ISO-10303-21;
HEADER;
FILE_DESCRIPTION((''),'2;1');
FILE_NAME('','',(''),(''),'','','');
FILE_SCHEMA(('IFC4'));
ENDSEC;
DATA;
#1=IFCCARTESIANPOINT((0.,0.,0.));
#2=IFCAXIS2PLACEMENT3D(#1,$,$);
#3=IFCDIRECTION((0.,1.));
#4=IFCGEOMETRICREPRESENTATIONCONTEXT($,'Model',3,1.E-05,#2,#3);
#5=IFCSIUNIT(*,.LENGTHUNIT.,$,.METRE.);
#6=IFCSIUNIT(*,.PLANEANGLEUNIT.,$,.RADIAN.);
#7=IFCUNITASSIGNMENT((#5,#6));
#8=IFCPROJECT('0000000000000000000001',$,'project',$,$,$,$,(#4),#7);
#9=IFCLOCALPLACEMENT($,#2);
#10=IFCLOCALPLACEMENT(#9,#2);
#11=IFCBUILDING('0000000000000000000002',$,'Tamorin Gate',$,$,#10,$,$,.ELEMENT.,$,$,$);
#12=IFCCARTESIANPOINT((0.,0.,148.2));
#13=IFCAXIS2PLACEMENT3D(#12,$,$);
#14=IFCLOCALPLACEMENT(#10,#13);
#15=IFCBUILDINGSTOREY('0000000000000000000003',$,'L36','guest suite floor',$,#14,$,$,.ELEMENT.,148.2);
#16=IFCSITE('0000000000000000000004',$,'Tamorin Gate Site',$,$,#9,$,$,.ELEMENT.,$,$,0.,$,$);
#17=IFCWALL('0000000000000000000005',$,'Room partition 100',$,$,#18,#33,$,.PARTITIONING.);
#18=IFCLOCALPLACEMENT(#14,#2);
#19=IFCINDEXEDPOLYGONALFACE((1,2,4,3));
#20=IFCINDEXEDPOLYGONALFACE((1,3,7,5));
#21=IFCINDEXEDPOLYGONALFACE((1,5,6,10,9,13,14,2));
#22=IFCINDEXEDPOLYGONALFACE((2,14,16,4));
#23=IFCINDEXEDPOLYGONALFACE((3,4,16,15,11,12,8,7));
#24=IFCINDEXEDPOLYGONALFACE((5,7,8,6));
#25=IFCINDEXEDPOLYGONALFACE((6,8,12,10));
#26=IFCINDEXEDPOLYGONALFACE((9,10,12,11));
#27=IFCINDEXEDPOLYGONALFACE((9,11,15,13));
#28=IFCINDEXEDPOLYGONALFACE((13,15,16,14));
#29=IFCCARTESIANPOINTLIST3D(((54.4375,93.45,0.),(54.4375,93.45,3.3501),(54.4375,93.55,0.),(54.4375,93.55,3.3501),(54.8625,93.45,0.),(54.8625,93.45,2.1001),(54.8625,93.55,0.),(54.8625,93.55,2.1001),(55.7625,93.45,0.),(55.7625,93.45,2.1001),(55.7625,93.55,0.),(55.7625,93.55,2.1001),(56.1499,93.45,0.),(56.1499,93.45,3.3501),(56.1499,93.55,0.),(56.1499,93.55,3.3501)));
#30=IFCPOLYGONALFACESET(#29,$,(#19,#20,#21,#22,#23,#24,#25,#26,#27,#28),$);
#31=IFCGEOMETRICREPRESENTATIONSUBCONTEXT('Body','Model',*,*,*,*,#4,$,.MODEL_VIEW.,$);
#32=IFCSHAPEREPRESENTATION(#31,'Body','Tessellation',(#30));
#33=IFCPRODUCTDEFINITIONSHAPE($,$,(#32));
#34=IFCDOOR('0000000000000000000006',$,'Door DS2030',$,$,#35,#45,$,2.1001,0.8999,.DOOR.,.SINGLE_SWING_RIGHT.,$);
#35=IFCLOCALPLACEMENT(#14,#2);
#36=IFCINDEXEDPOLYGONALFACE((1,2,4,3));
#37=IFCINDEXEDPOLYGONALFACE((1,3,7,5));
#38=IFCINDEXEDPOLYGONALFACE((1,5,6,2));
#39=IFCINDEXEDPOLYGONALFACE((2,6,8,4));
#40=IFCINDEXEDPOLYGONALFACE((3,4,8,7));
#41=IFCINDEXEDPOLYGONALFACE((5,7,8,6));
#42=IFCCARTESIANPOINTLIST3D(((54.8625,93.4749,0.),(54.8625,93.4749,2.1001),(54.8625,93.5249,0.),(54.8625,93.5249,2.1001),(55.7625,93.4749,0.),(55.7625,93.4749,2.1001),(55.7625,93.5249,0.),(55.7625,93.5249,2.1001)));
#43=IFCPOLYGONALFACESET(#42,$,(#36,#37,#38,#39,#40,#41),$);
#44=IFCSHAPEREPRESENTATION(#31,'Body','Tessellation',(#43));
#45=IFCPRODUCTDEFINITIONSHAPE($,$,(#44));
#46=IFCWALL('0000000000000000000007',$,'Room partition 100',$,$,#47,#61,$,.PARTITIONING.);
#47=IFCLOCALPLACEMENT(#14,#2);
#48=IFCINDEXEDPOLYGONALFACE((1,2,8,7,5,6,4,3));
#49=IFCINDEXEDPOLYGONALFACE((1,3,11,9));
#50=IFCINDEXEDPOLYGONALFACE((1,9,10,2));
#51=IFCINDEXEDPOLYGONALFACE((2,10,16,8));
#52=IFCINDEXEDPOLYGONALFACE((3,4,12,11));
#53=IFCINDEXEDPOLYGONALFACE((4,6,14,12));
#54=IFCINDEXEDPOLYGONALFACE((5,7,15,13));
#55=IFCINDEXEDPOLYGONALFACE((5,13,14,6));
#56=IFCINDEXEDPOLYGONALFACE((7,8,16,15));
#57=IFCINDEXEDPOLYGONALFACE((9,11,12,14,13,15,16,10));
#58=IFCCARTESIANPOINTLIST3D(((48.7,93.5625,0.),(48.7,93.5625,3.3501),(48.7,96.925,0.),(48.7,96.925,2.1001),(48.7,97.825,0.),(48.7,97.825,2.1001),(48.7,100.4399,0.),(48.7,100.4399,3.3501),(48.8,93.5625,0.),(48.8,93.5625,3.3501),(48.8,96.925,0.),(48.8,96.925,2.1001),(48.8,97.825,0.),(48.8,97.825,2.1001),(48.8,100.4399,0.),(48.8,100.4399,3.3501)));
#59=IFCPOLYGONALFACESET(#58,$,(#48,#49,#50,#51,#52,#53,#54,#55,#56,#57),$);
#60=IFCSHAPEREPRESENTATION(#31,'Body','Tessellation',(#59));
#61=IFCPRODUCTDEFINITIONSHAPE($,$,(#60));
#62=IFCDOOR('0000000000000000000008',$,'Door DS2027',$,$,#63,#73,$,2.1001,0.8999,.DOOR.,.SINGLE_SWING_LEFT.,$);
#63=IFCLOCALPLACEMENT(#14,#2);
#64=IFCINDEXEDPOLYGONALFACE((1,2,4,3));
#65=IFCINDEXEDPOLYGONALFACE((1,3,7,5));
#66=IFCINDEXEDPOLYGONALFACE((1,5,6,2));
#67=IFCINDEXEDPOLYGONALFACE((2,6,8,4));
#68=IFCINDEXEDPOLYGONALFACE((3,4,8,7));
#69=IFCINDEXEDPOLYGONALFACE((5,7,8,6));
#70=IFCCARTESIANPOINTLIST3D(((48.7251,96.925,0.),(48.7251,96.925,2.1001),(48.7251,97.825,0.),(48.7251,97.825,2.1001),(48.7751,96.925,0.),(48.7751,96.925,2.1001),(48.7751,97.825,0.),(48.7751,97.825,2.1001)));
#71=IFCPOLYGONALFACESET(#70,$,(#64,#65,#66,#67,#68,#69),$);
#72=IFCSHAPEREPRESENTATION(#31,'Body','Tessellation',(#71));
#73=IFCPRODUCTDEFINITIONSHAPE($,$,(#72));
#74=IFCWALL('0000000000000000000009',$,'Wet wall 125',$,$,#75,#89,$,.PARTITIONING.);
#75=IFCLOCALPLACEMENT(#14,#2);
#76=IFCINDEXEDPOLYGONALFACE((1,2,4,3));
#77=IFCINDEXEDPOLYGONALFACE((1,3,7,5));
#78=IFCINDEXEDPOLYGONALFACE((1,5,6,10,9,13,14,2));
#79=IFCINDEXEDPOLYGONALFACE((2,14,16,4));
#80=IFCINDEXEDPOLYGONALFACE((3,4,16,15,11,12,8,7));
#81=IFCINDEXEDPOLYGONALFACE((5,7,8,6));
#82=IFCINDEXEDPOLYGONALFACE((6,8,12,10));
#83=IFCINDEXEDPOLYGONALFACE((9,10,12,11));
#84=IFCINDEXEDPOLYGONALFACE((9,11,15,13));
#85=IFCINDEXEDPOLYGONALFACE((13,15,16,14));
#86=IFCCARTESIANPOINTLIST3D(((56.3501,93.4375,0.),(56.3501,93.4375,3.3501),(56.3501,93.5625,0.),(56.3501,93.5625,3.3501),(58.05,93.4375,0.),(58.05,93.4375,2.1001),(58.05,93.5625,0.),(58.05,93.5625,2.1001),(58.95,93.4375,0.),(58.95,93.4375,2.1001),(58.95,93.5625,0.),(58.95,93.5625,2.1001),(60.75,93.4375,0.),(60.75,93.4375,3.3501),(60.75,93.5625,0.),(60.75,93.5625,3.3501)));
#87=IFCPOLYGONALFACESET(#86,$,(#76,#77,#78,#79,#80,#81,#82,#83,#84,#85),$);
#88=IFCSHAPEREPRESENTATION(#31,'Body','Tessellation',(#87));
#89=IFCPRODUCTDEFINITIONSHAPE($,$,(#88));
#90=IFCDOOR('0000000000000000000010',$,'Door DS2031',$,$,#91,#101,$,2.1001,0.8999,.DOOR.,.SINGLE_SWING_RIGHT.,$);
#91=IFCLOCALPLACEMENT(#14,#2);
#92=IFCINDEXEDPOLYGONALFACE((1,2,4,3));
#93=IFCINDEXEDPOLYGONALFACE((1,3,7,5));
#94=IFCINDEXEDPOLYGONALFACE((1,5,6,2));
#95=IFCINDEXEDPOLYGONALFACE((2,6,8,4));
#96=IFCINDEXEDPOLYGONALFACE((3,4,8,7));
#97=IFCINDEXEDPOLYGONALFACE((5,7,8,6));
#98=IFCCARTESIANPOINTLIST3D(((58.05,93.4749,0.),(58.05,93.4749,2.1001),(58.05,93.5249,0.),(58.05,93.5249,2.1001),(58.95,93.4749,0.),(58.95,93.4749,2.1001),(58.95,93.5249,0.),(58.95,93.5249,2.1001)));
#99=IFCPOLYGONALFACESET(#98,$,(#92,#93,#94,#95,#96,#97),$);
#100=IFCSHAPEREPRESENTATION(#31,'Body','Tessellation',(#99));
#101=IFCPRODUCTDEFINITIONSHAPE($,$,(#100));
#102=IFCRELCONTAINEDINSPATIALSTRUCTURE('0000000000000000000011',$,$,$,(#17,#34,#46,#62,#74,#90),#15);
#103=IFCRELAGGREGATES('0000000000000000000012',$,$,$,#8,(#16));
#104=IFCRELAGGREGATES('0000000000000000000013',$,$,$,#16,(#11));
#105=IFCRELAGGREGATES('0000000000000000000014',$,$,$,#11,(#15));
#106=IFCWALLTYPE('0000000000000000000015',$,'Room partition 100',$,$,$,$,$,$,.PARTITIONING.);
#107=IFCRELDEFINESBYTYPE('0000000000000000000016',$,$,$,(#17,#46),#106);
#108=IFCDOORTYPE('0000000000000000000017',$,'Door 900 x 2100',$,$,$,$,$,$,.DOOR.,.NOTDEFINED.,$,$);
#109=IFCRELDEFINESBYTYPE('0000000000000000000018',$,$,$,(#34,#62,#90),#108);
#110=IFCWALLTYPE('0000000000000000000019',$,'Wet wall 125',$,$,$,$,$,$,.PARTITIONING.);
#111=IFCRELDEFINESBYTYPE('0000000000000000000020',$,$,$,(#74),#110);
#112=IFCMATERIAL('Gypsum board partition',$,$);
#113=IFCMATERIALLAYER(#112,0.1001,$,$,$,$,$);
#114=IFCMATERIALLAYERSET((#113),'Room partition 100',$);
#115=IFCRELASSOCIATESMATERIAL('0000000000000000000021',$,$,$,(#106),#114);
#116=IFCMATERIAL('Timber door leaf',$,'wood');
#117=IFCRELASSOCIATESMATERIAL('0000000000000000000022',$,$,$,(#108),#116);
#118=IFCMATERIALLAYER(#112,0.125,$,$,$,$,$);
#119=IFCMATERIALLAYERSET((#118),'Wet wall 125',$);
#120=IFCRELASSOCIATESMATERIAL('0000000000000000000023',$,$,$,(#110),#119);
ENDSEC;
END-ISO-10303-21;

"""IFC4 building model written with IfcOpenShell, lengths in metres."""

from ifc_helpers import new_model, si_unit, direction, frame, frame_2d, origin, place, context, subcontext, project, spatial, rectangle, extrude, material, layer, layer_set, type_object, element, fill, save


model = new_model("IFC4")

# Units and contexts
model_context = context("Model", 3, precision=1e-05, world=origin(), true_north=direction((0.0, 1.0)))
body_context = subcontext(model_context, "Body", "Model", "MODEL_VIEW")
ifc_project = project(units=[si_unit("LENGTHUNIT", "METRE"), si_unit("PLANEANGLEUNIT", "RADIAN")], contexts=[model_context])

# Site, building, storey
site_placement = place(None, origin())
site = spatial("IfcSite", under=ifc_project, at=site_placement, Name="Tamorin Gate Site", CompositionType="ELEMENT", RefElevation=0.0)
building_placement = place(site_placement, origin())
building = spatial("IfcBuilding", under=site, at=building_placement, Name="Tamorin Gate", CompositionType="ELEMENT")
storey_placement = place(building_placement, frame((0.0, 0.0, 148.2)))
storey = spatial("IfcBuildingStorey", under=building, at=storey_placement, Name="L36", Description="guest suite floor", CompositionType="ELEMENT", Elevation=148.2)

# Walls, openings, doors
ifc_material_1 = material(Name="Gypsum board partition")
ifc_layer_1 = layer(ifc_material_1, 0.1001)
ifc_layer_set_1 = layer_set([ifc_layer_1], Name="Room partition 100")
wall_type_1 = type_object("IfcWallType", Name="Room partition 100", PredefinedType="PARTITIONING", material=ifc_layer_set_1)
wall_1_placement = place(storey_placement, frame((54.4375, 93.5, 0.0), z_axis=(0.0, 0.0, 1.0), x_axis=(1.0, 0.0, 0.0)))
wall_1 = element("IfcWall", 1, at=wall_1_placement, inside=storey, type_object=wall_type_1, Name="Room partition 100", PredefinedType="PARTITIONING", context=body_context, shape_type="SweptSolid", body=[
    extrude(rectangle(XDim=1.7124, YDim=0.1001, at=frame_2d((0.8562, 0.0))), origin(), (0.0, 0.0, 1.0), 3.3501),
])
opening_1_placement = place(wall_1_placement, frame((0.425, 0.0, 0.0)))
opening_1 = element("IfcOpeningElement", 2, at=opening_1_placement, cuts=wall_1, PredefinedType="OPENING", context=body_context, shape_type="SweptSolid", body=[
    extrude(rectangle(XDim=0.8999, YDim=2.1001, at=frame_2d((0.45, 1.05))), frame((0.0, 0.0601, 0.0), z_axis=(0.0, -1.0, 0.0), x_axis=(1.0, 0.0, 0.0)), (0.0, 0.0, 1.0), 0.1201),
])
ifc_material_2 = material(Name="Timber door leaf", Category="wood")
door_type = type_object("IfcDoorType", Name="Door 900 x 2100", OperationType="NOTDEFINED", PredefinedType="DOOR", material=ifc_material_2)
door_1_placement = place(opening_1_placement, origin())
door_1 = element("IfcDoor", 3, at=door_1_placement, inside=storey, type_object=door_type, Name="Door DS2030", OperationType="SINGLE_SWING_RIGHT", OverallHeight=2.1001, OverallWidth=0.8999, PredefinedType="DOOR", context=body_context, shape_type="SweptSolid", body=[
    extrude(rectangle(XDim=0.8999, YDim=2.1001, at=frame_2d((0.45, 1.05))), frame((0.0, 0.0249, 0.0), z_axis=(0.0, -1.0, 0.0), x_axis=(1.0, 0.0, 0.0)), (0.0, 0.0, 1.0), 0.05),
])
fill(opening_1, door_1)
wall_2_placement = place(storey_placement, frame((48.75, 93.5625, 0.0), z_axis=(0.0, 0.0, 1.0), x_axis=(0.0, 1.0, 0.0)))
wall_2 = element("IfcWall", 4, at=wall_2_placement, inside=storey, type_object=wall_type_1, Name="Room partition 100", PredefinedType="PARTITIONING", context=body_context, shape_type="SweptSolid", body=[
    extrude(rectangle(XDim=6.8774, YDim=0.1001, at=frame_2d((3.4387, 0.0))), origin(), (0.0, 0.0, 1.0), 3.3501),
])
opening_2_placement = place(wall_2_placement, frame((3.3625, 0.0, 0.0)))
opening_2 = element("IfcOpeningElement", 5, at=opening_2_placement, cuts=wall_2, PredefinedType="OPENING", context=body_context, shape_type="SweptSolid", body=[
    extrude(rectangle(XDim=0.8999, YDim=2.1001, at=frame_2d((0.45, 1.05))), frame((0.0, 0.0601, 0.0), z_axis=(0.0, -1.0, 0.0), x_axis=(1.0, 0.0, 0.0)), (0.0, 0.0, 1.0), 0.1201),
])
door_2_placement = place(opening_2_placement, origin())
door_2 = element("IfcDoor", 6, at=door_2_placement, inside=storey, type_object=door_type, Name="Door DS2027", OperationType="SINGLE_SWING_LEFT", OverallHeight=2.1001, OverallWidth=0.8999, PredefinedType="DOOR", context=body_context, shape_type="SweptSolid", body=[
    extrude(rectangle(XDim=0.8999, YDim=2.1001, at=frame_2d((0.45, 1.05))), frame((0.0, 0.0249, 0.0), z_axis=(0.0, -1.0, 0.0), x_axis=(1.0, 0.0, 0.0)), (0.0, 0.0, 1.0), 0.05),
])
fill(opening_2, door_2)
ifc_layer_2 = layer(ifc_material_1, 0.125)
ifc_layer_set_2 = layer_set([ifc_layer_2], Name="Wet wall 125")
wall_type_2 = type_object("IfcWallType", Name="Wet wall 125", PredefinedType="PARTITIONING", material=ifc_layer_set_2)
wall_3_placement = place(storey_placement, frame((56.3501, 93.5, 0.0), z_axis=(0.0, 0.0, 1.0), x_axis=(1.0, 0.0, 0.0)))
wall_3 = element("IfcWall", 7, at=wall_3_placement, inside=storey, type_object=wall_type_2, Name="Wet wall 125", PredefinedType="PARTITIONING", context=body_context, shape_type="SweptSolid", body=[
    extrude(rectangle(XDim=4.3999, YDim=0.125, at=frame_2d((2.2, 0.0))), origin(), (0.0, 0.0, 1.0), 3.3501),
])
opening_3_placement = place(wall_3_placement, frame((1.7, 0.0, 0.0)))
opening_3 = element("IfcOpeningElement", 8, at=opening_3_placement, cuts=wall_3, PredefinedType="OPENING", context=body_context, shape_type="SweptSolid", body=[
    extrude(rectangle(XDim=0.8999, YDim=2.1001, at=frame_2d((0.45, 1.05))), frame((0.0, 0.0725, 0.0), z_axis=(0.0, -1.0, 0.0), x_axis=(1.0, 0.0, 0.0)), (0.0, 0.0, 1.0), 0.145),
])
door_3_placement = place(opening_3_placement, origin())
door_3 = element("IfcDoor", 9, at=door_3_placement, inside=storey, type_object=door_type, Name="Door DS2031", OperationType="SINGLE_SWING_RIGHT", OverallHeight=2.1001, OverallWidth=0.8999, PredefinedType="DOOR", context=body_context, shape_type="SweptSolid", body=[
    extrude(rectangle(XDim=0.8999, YDim=2.1001, at=frame_2d((0.45, 1.05))), frame((0.0, 0.0249, 0.0), z_axis=(0.0, -1.0, 0.0), x_axis=(1.0, 0.0, 0.0)), (0.0, 0.0, 1.0), 0.05),
])
fill(opening_3, door_3)

save(model, "model.ifc")
